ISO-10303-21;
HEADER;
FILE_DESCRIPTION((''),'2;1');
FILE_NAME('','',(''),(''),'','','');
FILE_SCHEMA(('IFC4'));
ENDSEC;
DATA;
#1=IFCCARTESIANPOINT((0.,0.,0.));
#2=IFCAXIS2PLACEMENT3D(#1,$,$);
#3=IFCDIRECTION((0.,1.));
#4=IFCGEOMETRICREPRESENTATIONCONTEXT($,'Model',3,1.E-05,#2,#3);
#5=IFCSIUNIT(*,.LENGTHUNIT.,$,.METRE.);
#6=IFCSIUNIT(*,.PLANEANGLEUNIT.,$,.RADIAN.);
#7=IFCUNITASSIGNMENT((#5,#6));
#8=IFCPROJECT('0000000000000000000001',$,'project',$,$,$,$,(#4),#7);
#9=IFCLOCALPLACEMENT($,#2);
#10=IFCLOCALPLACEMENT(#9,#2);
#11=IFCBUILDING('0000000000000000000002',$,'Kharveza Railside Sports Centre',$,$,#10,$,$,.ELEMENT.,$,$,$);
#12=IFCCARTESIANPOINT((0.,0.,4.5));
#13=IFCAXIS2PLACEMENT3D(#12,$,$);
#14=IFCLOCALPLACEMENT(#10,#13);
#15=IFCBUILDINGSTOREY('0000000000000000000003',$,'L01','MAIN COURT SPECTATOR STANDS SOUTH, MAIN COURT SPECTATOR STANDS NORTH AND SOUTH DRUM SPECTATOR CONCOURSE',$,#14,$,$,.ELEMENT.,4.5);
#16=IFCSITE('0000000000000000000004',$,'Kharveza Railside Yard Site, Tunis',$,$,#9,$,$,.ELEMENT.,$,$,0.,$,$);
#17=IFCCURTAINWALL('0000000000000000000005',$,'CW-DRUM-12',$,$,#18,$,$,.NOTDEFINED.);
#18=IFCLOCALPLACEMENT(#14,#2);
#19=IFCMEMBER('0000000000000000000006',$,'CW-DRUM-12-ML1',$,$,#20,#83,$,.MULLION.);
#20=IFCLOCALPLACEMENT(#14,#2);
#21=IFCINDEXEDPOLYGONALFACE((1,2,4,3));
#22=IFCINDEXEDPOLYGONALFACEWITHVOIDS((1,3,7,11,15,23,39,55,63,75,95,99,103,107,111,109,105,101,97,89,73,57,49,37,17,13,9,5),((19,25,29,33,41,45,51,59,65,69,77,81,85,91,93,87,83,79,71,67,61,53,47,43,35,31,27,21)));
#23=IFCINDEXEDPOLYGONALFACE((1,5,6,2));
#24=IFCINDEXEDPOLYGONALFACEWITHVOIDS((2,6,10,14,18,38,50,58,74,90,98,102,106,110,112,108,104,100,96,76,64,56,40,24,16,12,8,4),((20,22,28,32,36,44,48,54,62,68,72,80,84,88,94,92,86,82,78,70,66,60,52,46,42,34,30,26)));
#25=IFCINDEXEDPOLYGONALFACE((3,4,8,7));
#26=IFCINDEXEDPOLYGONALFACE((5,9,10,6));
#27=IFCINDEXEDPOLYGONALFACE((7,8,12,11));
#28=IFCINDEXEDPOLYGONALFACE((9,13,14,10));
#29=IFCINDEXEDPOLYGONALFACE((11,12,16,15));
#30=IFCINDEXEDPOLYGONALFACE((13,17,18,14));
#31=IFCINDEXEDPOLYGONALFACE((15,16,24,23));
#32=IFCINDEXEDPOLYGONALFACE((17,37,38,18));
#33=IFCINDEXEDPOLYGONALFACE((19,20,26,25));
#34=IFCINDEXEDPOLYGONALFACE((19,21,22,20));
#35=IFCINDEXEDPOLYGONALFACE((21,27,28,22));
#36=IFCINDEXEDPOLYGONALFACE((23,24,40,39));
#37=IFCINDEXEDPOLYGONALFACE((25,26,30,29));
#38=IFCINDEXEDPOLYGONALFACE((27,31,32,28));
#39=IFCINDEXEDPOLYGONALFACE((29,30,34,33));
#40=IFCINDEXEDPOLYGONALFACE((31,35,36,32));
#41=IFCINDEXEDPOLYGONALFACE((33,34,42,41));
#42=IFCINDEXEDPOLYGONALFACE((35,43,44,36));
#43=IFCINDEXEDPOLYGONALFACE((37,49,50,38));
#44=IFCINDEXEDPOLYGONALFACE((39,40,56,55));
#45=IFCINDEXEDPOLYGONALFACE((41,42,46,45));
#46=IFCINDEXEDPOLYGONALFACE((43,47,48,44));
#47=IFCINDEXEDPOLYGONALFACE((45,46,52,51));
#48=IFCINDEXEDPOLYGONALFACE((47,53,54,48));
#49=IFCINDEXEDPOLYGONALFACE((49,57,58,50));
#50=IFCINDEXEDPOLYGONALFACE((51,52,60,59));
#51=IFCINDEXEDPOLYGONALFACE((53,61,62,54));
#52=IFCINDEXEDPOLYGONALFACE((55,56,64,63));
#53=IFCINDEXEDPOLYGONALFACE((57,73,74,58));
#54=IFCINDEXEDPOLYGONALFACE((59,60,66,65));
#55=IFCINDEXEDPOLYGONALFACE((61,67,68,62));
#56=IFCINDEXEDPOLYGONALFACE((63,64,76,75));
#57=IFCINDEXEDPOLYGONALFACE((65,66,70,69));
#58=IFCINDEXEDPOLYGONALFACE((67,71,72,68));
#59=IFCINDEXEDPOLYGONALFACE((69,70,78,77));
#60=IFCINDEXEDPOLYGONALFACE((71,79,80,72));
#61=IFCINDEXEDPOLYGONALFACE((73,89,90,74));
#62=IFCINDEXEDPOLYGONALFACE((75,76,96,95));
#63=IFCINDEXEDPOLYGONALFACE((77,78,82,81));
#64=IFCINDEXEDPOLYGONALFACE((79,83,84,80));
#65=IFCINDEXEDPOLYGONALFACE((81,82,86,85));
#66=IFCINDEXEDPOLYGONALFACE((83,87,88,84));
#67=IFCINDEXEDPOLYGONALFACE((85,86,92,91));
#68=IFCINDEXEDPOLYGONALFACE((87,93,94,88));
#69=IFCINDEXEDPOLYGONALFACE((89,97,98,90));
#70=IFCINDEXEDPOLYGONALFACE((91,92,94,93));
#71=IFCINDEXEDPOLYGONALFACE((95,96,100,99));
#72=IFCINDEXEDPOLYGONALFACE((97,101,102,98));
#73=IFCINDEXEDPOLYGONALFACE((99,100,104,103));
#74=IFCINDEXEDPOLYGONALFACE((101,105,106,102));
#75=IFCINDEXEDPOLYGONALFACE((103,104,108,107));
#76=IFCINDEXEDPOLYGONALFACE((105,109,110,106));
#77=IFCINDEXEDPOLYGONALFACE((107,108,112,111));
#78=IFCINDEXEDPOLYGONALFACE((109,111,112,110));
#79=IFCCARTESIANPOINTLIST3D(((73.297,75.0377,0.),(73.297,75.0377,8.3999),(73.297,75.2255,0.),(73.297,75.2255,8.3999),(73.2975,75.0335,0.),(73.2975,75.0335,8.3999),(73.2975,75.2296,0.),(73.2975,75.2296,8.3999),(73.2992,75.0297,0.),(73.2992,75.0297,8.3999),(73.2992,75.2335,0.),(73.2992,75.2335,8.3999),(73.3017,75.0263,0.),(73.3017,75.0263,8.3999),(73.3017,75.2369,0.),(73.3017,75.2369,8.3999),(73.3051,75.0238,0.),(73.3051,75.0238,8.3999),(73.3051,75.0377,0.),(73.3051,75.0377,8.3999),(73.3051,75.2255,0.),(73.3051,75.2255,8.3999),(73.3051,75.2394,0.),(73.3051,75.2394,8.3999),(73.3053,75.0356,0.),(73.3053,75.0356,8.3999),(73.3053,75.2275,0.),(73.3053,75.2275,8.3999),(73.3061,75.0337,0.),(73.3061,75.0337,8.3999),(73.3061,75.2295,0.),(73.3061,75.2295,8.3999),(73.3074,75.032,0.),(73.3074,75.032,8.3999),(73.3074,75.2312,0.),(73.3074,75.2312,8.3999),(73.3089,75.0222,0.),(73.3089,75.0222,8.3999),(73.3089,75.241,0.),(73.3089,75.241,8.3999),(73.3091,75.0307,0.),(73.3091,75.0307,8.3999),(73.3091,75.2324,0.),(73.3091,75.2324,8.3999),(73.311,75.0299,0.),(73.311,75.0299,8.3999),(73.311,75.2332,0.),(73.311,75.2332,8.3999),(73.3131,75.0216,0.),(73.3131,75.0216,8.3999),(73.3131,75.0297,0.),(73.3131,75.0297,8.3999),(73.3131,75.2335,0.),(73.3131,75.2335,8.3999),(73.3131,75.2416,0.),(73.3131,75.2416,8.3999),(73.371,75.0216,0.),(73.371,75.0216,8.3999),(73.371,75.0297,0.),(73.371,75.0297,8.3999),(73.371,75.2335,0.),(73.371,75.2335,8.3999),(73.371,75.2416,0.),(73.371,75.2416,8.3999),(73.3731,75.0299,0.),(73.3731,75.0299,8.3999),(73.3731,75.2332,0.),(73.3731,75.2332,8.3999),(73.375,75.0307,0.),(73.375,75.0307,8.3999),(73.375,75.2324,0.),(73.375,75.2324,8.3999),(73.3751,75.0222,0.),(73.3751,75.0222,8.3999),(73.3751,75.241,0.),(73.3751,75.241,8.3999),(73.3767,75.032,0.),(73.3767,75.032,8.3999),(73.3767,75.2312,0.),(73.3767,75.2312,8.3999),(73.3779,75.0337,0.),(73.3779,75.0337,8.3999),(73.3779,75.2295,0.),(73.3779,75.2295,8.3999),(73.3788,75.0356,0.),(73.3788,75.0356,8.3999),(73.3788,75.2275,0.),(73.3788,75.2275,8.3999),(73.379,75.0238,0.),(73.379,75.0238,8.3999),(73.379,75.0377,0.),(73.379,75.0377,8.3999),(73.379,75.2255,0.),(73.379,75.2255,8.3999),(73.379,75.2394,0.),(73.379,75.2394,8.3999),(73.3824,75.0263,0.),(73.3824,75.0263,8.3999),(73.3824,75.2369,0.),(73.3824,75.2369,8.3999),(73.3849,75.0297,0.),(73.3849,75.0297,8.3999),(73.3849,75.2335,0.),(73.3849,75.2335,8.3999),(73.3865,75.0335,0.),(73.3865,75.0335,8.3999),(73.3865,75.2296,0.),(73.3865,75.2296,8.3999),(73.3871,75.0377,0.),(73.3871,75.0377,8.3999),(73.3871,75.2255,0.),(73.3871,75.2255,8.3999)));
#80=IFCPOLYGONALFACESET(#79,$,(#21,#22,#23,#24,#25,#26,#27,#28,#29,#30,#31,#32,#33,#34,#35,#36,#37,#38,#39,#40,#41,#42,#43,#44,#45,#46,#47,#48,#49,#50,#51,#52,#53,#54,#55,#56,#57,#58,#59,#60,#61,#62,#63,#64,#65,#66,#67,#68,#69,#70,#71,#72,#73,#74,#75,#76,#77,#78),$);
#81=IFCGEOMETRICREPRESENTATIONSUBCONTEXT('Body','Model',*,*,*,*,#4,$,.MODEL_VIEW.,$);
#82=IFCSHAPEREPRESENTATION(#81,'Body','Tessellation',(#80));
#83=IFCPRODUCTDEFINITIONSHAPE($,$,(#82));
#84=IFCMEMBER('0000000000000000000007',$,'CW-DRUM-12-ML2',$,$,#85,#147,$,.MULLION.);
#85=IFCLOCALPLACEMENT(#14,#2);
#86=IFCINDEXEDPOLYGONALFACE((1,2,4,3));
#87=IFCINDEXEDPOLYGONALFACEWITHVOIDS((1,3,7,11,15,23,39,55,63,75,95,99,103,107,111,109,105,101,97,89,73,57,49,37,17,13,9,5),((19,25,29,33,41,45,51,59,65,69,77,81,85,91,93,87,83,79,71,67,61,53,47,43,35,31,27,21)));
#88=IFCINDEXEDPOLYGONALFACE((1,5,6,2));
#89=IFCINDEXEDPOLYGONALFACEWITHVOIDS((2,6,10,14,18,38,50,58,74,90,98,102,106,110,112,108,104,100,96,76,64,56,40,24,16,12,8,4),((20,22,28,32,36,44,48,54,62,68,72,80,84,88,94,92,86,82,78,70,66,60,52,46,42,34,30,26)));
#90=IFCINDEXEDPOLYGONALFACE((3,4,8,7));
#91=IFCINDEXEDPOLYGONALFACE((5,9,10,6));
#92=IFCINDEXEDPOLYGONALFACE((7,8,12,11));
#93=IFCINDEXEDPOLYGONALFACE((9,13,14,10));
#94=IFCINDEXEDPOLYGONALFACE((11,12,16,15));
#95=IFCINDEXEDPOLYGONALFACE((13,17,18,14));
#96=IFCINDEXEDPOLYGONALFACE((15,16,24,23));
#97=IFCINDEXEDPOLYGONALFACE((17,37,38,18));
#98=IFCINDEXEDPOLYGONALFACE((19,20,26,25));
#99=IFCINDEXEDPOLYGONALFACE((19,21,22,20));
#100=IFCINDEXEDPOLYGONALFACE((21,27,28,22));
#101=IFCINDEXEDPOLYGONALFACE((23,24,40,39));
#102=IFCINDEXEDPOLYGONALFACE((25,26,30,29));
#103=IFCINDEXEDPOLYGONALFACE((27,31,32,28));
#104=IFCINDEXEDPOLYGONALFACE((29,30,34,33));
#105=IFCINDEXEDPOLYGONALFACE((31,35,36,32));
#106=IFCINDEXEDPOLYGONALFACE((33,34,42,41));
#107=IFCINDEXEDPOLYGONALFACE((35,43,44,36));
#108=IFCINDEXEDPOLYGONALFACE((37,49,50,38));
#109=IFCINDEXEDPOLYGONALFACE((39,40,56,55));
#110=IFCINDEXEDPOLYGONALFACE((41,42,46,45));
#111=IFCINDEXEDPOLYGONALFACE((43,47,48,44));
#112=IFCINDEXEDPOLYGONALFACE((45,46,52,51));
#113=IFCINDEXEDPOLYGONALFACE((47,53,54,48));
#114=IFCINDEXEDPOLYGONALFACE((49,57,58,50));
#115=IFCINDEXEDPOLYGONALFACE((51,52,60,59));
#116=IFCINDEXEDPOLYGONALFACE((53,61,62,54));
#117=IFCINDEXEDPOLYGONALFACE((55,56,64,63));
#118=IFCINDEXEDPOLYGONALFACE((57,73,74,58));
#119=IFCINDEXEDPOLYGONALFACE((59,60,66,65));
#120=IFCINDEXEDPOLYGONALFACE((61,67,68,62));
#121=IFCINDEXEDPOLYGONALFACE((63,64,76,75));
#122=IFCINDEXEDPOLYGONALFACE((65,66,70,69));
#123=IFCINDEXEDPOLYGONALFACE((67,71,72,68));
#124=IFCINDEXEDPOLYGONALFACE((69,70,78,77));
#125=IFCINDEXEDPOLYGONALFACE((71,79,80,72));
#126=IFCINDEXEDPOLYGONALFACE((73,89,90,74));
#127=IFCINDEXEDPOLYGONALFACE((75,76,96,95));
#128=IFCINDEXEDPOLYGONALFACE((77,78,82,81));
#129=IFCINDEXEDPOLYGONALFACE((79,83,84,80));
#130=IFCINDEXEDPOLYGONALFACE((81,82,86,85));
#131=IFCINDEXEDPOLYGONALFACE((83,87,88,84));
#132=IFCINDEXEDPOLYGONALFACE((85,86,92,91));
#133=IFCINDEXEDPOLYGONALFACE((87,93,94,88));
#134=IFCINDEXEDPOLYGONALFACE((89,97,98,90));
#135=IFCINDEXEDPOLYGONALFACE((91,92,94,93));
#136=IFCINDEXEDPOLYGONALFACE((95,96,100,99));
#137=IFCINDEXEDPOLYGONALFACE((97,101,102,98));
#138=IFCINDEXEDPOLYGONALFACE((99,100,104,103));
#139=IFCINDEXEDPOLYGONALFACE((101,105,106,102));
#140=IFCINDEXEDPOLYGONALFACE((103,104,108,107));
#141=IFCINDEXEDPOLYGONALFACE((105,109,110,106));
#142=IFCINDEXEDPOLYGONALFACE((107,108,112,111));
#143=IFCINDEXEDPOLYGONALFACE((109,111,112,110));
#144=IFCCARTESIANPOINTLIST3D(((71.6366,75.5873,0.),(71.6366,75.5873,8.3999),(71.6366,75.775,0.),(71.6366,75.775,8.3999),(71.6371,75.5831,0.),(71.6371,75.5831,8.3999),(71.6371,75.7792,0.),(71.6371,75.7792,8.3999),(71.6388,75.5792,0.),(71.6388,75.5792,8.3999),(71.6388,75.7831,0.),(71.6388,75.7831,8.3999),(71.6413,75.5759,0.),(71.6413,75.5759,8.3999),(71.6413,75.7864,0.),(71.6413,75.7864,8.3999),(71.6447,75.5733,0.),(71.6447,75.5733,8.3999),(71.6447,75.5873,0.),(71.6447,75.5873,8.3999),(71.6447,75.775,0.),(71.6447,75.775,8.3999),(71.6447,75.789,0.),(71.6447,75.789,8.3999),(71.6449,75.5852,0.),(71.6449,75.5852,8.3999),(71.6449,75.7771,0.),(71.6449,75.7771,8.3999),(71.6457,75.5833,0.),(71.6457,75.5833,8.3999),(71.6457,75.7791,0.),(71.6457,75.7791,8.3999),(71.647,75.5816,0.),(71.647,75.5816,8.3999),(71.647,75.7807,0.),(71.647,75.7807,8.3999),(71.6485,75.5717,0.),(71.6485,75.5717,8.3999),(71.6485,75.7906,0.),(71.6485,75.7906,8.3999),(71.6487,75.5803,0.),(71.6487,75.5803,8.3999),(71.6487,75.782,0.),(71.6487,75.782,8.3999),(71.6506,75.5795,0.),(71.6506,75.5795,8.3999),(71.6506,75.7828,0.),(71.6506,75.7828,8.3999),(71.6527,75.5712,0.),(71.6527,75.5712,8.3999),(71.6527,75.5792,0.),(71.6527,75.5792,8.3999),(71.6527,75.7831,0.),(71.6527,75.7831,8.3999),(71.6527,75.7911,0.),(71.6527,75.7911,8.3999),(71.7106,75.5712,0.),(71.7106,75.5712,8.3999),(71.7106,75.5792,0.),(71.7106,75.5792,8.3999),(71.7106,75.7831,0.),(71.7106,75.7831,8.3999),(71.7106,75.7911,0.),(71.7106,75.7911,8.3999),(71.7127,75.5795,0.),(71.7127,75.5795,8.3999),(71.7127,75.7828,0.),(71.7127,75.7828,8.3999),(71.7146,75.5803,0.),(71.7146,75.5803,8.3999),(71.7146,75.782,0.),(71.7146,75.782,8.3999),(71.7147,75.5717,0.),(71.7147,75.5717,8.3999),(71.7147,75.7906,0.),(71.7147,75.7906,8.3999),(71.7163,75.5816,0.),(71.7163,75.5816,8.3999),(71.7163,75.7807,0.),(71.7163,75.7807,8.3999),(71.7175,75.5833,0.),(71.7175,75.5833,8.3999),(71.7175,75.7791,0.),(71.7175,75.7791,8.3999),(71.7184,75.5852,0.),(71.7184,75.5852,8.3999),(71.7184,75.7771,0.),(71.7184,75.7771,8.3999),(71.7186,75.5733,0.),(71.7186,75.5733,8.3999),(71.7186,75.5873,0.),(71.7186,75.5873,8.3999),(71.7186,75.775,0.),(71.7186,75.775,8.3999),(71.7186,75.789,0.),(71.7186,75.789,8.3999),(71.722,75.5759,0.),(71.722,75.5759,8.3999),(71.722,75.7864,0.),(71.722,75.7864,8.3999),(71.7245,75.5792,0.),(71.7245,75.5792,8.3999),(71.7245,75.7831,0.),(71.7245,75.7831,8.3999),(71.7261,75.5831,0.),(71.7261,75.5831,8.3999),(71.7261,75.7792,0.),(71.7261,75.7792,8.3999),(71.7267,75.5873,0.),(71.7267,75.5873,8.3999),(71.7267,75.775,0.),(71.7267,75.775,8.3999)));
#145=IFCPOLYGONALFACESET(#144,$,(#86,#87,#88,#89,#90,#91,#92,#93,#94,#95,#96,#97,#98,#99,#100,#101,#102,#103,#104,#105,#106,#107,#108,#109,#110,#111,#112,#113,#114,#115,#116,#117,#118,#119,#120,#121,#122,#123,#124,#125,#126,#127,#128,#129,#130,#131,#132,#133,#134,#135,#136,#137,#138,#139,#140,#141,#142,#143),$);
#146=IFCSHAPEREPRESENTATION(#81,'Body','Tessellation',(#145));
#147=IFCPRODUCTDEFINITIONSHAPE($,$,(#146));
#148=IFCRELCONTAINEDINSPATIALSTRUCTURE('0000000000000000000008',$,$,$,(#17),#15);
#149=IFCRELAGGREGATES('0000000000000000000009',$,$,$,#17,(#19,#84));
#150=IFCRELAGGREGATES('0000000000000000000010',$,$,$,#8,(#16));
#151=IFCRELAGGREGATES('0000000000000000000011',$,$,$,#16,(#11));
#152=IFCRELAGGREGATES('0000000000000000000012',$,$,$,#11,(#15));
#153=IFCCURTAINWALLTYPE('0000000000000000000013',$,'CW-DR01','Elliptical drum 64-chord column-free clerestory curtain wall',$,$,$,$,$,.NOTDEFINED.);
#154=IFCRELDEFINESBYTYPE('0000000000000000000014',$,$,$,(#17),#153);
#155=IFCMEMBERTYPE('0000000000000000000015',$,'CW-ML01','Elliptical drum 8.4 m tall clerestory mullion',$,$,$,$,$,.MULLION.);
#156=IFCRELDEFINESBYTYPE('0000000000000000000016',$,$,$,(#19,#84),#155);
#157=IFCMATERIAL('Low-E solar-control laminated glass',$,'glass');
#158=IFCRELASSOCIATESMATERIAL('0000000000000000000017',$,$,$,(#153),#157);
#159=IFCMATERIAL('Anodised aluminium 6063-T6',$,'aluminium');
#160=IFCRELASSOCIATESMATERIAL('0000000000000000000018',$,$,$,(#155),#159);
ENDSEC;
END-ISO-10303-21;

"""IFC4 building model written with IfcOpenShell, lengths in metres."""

from ifc_helpers import new_model, si_unit, direction, frame, origin, origin_2d, place, context, subcontext, project, spatial, hollow_rectangle, extrude, material, material_profile, profile_set, type_object, element, aggregate, save


model = new_model("IFC4")

# Units and contexts
model_context = context("Model", 3, precision=1e-05, world=origin(), true_north=direction((0.0, 1.0)))
body_context = subcontext(model_context, "Body", "Model", "MODEL_VIEW")
ifc_project = project(units=[si_unit("LENGTHUNIT", "METRE"), si_unit("PLANEANGLEUNIT", "RADIAN")], contexts=[model_context])

# Site, building, storey
site_placement = place(None, origin())
site = spatial("IfcSite", under=ifc_project, at=site_placement, Name="Kharveza Railside Yard Site, Tunis", CompositionType="ELEMENT", RefElevation=0.0)
building_placement = place(site_placement, origin())
building = spatial("IfcBuilding", under=site, at=building_placement, Name="Kharveza Railside Sports Centre", CompositionType="ELEMENT")
storey_placement = place(building_placement, frame((0.0, 0.0, 4.5)))
storey = spatial("IfcBuildingStorey", under=building, at=storey_placement, Name="L01", Description="MAIN COURT SPECTATOR STANDS SOUTH, MAIN COURT SPECTATOR STANDS NORTH AND SOUTH DRUM SPECTATOR CONCOURSE", CompositionType="ELEMENT", Elevation=4.5)

# Curtain wall, members
ifc_material_1 = material(Name="Low-E solar-control laminated glass", Category="glass")
curtain_wall_type = type_object("IfcCurtainWallType", Name="CW-DR01", Description="Elliptical drum 64-chord column-free clerestory curtain wall", PredefinedType="NOTDEFINED", material=ifc_material_1)
ifc_material_2 = material(Name="Anodised aluminium 6063-T6", Category="aluminium")
ifc_material_profile_1 = material_profile(ifc_material_2, hollow_rectangle(XDim=0.0901, YDim=0.22, WallThickness=0.0081, InnerFilletRadius=0.0081, OuterFilletRadius=0.0161, at=origin_2d()), Name="RHS 90x220x8.0")
ifc_profile_set_1 = profile_set([ifc_material_profile_1], Name="Anodised aluminium 6063-T6")
member_type_1 = type_object("IfcMemberType", Name="CW-ML01", Description="Elliptical drum 8.4 m tall clerestory mullion", PredefinedType="MULLION", material=ifc_profile_set_1)
curtain_wall_1_placement = place(storey_placement, origin())
curtain_wall_1 = element("IfcCurtainWall", 1, at=curtain_wall_1_placement, inside=storey, type_object=curtain_wall_type, Name="CW-DRUM-12", PredefinedType="NOTDEFINED")
member_1_placement = place(storey_placement, frame((73.342, 75.1316, 0.0), z_axis=(0.0, 0.0, 1.0), x_axis=(1.0, 0.0, 0.0)))
member_1 = element("IfcMember", 2, at=member_1_placement, type_object=member_type_1, Name="CW-DRUM-12-ML1", PredefinedType="MULLION", context=body_context, shape_type="SweptSolid", body=[
    extrude(hollow_rectangle(XDim=0.0901, YDim=0.22, WallThickness=0.0081, InnerFilletRadius=0.0081, OuterFilletRadius=0.0161, at=origin_2d()), origin(), (0.0, 0.0, 1.0), 8.3999),
])
member_2_placement = place(storey_placement, frame((71.6816, 75.6812, 0.0), z_axis=(0.0, 0.0, 1.0), x_axis=(1.0, 0.0, 0.0)))
member_2 = element("IfcMember", 3, at=member_2_placement, type_object=member_type_1, Name="CW-DRUM-12-ML2", PredefinedType="MULLION", context=body_context, shape_type="SweptSolid", body=[
    extrude(hollow_rectangle(XDim=0.0901, YDim=0.22, WallThickness=0.0081, InnerFilletRadius=0.0081, OuterFilletRadius=0.0161, at=origin_2d()), origin(), (0.0, 0.0, 1.0), 8.3999),
])

aggregate(curtain_wall_1, [member_1, member_2])

save(model, "model.ifc")
